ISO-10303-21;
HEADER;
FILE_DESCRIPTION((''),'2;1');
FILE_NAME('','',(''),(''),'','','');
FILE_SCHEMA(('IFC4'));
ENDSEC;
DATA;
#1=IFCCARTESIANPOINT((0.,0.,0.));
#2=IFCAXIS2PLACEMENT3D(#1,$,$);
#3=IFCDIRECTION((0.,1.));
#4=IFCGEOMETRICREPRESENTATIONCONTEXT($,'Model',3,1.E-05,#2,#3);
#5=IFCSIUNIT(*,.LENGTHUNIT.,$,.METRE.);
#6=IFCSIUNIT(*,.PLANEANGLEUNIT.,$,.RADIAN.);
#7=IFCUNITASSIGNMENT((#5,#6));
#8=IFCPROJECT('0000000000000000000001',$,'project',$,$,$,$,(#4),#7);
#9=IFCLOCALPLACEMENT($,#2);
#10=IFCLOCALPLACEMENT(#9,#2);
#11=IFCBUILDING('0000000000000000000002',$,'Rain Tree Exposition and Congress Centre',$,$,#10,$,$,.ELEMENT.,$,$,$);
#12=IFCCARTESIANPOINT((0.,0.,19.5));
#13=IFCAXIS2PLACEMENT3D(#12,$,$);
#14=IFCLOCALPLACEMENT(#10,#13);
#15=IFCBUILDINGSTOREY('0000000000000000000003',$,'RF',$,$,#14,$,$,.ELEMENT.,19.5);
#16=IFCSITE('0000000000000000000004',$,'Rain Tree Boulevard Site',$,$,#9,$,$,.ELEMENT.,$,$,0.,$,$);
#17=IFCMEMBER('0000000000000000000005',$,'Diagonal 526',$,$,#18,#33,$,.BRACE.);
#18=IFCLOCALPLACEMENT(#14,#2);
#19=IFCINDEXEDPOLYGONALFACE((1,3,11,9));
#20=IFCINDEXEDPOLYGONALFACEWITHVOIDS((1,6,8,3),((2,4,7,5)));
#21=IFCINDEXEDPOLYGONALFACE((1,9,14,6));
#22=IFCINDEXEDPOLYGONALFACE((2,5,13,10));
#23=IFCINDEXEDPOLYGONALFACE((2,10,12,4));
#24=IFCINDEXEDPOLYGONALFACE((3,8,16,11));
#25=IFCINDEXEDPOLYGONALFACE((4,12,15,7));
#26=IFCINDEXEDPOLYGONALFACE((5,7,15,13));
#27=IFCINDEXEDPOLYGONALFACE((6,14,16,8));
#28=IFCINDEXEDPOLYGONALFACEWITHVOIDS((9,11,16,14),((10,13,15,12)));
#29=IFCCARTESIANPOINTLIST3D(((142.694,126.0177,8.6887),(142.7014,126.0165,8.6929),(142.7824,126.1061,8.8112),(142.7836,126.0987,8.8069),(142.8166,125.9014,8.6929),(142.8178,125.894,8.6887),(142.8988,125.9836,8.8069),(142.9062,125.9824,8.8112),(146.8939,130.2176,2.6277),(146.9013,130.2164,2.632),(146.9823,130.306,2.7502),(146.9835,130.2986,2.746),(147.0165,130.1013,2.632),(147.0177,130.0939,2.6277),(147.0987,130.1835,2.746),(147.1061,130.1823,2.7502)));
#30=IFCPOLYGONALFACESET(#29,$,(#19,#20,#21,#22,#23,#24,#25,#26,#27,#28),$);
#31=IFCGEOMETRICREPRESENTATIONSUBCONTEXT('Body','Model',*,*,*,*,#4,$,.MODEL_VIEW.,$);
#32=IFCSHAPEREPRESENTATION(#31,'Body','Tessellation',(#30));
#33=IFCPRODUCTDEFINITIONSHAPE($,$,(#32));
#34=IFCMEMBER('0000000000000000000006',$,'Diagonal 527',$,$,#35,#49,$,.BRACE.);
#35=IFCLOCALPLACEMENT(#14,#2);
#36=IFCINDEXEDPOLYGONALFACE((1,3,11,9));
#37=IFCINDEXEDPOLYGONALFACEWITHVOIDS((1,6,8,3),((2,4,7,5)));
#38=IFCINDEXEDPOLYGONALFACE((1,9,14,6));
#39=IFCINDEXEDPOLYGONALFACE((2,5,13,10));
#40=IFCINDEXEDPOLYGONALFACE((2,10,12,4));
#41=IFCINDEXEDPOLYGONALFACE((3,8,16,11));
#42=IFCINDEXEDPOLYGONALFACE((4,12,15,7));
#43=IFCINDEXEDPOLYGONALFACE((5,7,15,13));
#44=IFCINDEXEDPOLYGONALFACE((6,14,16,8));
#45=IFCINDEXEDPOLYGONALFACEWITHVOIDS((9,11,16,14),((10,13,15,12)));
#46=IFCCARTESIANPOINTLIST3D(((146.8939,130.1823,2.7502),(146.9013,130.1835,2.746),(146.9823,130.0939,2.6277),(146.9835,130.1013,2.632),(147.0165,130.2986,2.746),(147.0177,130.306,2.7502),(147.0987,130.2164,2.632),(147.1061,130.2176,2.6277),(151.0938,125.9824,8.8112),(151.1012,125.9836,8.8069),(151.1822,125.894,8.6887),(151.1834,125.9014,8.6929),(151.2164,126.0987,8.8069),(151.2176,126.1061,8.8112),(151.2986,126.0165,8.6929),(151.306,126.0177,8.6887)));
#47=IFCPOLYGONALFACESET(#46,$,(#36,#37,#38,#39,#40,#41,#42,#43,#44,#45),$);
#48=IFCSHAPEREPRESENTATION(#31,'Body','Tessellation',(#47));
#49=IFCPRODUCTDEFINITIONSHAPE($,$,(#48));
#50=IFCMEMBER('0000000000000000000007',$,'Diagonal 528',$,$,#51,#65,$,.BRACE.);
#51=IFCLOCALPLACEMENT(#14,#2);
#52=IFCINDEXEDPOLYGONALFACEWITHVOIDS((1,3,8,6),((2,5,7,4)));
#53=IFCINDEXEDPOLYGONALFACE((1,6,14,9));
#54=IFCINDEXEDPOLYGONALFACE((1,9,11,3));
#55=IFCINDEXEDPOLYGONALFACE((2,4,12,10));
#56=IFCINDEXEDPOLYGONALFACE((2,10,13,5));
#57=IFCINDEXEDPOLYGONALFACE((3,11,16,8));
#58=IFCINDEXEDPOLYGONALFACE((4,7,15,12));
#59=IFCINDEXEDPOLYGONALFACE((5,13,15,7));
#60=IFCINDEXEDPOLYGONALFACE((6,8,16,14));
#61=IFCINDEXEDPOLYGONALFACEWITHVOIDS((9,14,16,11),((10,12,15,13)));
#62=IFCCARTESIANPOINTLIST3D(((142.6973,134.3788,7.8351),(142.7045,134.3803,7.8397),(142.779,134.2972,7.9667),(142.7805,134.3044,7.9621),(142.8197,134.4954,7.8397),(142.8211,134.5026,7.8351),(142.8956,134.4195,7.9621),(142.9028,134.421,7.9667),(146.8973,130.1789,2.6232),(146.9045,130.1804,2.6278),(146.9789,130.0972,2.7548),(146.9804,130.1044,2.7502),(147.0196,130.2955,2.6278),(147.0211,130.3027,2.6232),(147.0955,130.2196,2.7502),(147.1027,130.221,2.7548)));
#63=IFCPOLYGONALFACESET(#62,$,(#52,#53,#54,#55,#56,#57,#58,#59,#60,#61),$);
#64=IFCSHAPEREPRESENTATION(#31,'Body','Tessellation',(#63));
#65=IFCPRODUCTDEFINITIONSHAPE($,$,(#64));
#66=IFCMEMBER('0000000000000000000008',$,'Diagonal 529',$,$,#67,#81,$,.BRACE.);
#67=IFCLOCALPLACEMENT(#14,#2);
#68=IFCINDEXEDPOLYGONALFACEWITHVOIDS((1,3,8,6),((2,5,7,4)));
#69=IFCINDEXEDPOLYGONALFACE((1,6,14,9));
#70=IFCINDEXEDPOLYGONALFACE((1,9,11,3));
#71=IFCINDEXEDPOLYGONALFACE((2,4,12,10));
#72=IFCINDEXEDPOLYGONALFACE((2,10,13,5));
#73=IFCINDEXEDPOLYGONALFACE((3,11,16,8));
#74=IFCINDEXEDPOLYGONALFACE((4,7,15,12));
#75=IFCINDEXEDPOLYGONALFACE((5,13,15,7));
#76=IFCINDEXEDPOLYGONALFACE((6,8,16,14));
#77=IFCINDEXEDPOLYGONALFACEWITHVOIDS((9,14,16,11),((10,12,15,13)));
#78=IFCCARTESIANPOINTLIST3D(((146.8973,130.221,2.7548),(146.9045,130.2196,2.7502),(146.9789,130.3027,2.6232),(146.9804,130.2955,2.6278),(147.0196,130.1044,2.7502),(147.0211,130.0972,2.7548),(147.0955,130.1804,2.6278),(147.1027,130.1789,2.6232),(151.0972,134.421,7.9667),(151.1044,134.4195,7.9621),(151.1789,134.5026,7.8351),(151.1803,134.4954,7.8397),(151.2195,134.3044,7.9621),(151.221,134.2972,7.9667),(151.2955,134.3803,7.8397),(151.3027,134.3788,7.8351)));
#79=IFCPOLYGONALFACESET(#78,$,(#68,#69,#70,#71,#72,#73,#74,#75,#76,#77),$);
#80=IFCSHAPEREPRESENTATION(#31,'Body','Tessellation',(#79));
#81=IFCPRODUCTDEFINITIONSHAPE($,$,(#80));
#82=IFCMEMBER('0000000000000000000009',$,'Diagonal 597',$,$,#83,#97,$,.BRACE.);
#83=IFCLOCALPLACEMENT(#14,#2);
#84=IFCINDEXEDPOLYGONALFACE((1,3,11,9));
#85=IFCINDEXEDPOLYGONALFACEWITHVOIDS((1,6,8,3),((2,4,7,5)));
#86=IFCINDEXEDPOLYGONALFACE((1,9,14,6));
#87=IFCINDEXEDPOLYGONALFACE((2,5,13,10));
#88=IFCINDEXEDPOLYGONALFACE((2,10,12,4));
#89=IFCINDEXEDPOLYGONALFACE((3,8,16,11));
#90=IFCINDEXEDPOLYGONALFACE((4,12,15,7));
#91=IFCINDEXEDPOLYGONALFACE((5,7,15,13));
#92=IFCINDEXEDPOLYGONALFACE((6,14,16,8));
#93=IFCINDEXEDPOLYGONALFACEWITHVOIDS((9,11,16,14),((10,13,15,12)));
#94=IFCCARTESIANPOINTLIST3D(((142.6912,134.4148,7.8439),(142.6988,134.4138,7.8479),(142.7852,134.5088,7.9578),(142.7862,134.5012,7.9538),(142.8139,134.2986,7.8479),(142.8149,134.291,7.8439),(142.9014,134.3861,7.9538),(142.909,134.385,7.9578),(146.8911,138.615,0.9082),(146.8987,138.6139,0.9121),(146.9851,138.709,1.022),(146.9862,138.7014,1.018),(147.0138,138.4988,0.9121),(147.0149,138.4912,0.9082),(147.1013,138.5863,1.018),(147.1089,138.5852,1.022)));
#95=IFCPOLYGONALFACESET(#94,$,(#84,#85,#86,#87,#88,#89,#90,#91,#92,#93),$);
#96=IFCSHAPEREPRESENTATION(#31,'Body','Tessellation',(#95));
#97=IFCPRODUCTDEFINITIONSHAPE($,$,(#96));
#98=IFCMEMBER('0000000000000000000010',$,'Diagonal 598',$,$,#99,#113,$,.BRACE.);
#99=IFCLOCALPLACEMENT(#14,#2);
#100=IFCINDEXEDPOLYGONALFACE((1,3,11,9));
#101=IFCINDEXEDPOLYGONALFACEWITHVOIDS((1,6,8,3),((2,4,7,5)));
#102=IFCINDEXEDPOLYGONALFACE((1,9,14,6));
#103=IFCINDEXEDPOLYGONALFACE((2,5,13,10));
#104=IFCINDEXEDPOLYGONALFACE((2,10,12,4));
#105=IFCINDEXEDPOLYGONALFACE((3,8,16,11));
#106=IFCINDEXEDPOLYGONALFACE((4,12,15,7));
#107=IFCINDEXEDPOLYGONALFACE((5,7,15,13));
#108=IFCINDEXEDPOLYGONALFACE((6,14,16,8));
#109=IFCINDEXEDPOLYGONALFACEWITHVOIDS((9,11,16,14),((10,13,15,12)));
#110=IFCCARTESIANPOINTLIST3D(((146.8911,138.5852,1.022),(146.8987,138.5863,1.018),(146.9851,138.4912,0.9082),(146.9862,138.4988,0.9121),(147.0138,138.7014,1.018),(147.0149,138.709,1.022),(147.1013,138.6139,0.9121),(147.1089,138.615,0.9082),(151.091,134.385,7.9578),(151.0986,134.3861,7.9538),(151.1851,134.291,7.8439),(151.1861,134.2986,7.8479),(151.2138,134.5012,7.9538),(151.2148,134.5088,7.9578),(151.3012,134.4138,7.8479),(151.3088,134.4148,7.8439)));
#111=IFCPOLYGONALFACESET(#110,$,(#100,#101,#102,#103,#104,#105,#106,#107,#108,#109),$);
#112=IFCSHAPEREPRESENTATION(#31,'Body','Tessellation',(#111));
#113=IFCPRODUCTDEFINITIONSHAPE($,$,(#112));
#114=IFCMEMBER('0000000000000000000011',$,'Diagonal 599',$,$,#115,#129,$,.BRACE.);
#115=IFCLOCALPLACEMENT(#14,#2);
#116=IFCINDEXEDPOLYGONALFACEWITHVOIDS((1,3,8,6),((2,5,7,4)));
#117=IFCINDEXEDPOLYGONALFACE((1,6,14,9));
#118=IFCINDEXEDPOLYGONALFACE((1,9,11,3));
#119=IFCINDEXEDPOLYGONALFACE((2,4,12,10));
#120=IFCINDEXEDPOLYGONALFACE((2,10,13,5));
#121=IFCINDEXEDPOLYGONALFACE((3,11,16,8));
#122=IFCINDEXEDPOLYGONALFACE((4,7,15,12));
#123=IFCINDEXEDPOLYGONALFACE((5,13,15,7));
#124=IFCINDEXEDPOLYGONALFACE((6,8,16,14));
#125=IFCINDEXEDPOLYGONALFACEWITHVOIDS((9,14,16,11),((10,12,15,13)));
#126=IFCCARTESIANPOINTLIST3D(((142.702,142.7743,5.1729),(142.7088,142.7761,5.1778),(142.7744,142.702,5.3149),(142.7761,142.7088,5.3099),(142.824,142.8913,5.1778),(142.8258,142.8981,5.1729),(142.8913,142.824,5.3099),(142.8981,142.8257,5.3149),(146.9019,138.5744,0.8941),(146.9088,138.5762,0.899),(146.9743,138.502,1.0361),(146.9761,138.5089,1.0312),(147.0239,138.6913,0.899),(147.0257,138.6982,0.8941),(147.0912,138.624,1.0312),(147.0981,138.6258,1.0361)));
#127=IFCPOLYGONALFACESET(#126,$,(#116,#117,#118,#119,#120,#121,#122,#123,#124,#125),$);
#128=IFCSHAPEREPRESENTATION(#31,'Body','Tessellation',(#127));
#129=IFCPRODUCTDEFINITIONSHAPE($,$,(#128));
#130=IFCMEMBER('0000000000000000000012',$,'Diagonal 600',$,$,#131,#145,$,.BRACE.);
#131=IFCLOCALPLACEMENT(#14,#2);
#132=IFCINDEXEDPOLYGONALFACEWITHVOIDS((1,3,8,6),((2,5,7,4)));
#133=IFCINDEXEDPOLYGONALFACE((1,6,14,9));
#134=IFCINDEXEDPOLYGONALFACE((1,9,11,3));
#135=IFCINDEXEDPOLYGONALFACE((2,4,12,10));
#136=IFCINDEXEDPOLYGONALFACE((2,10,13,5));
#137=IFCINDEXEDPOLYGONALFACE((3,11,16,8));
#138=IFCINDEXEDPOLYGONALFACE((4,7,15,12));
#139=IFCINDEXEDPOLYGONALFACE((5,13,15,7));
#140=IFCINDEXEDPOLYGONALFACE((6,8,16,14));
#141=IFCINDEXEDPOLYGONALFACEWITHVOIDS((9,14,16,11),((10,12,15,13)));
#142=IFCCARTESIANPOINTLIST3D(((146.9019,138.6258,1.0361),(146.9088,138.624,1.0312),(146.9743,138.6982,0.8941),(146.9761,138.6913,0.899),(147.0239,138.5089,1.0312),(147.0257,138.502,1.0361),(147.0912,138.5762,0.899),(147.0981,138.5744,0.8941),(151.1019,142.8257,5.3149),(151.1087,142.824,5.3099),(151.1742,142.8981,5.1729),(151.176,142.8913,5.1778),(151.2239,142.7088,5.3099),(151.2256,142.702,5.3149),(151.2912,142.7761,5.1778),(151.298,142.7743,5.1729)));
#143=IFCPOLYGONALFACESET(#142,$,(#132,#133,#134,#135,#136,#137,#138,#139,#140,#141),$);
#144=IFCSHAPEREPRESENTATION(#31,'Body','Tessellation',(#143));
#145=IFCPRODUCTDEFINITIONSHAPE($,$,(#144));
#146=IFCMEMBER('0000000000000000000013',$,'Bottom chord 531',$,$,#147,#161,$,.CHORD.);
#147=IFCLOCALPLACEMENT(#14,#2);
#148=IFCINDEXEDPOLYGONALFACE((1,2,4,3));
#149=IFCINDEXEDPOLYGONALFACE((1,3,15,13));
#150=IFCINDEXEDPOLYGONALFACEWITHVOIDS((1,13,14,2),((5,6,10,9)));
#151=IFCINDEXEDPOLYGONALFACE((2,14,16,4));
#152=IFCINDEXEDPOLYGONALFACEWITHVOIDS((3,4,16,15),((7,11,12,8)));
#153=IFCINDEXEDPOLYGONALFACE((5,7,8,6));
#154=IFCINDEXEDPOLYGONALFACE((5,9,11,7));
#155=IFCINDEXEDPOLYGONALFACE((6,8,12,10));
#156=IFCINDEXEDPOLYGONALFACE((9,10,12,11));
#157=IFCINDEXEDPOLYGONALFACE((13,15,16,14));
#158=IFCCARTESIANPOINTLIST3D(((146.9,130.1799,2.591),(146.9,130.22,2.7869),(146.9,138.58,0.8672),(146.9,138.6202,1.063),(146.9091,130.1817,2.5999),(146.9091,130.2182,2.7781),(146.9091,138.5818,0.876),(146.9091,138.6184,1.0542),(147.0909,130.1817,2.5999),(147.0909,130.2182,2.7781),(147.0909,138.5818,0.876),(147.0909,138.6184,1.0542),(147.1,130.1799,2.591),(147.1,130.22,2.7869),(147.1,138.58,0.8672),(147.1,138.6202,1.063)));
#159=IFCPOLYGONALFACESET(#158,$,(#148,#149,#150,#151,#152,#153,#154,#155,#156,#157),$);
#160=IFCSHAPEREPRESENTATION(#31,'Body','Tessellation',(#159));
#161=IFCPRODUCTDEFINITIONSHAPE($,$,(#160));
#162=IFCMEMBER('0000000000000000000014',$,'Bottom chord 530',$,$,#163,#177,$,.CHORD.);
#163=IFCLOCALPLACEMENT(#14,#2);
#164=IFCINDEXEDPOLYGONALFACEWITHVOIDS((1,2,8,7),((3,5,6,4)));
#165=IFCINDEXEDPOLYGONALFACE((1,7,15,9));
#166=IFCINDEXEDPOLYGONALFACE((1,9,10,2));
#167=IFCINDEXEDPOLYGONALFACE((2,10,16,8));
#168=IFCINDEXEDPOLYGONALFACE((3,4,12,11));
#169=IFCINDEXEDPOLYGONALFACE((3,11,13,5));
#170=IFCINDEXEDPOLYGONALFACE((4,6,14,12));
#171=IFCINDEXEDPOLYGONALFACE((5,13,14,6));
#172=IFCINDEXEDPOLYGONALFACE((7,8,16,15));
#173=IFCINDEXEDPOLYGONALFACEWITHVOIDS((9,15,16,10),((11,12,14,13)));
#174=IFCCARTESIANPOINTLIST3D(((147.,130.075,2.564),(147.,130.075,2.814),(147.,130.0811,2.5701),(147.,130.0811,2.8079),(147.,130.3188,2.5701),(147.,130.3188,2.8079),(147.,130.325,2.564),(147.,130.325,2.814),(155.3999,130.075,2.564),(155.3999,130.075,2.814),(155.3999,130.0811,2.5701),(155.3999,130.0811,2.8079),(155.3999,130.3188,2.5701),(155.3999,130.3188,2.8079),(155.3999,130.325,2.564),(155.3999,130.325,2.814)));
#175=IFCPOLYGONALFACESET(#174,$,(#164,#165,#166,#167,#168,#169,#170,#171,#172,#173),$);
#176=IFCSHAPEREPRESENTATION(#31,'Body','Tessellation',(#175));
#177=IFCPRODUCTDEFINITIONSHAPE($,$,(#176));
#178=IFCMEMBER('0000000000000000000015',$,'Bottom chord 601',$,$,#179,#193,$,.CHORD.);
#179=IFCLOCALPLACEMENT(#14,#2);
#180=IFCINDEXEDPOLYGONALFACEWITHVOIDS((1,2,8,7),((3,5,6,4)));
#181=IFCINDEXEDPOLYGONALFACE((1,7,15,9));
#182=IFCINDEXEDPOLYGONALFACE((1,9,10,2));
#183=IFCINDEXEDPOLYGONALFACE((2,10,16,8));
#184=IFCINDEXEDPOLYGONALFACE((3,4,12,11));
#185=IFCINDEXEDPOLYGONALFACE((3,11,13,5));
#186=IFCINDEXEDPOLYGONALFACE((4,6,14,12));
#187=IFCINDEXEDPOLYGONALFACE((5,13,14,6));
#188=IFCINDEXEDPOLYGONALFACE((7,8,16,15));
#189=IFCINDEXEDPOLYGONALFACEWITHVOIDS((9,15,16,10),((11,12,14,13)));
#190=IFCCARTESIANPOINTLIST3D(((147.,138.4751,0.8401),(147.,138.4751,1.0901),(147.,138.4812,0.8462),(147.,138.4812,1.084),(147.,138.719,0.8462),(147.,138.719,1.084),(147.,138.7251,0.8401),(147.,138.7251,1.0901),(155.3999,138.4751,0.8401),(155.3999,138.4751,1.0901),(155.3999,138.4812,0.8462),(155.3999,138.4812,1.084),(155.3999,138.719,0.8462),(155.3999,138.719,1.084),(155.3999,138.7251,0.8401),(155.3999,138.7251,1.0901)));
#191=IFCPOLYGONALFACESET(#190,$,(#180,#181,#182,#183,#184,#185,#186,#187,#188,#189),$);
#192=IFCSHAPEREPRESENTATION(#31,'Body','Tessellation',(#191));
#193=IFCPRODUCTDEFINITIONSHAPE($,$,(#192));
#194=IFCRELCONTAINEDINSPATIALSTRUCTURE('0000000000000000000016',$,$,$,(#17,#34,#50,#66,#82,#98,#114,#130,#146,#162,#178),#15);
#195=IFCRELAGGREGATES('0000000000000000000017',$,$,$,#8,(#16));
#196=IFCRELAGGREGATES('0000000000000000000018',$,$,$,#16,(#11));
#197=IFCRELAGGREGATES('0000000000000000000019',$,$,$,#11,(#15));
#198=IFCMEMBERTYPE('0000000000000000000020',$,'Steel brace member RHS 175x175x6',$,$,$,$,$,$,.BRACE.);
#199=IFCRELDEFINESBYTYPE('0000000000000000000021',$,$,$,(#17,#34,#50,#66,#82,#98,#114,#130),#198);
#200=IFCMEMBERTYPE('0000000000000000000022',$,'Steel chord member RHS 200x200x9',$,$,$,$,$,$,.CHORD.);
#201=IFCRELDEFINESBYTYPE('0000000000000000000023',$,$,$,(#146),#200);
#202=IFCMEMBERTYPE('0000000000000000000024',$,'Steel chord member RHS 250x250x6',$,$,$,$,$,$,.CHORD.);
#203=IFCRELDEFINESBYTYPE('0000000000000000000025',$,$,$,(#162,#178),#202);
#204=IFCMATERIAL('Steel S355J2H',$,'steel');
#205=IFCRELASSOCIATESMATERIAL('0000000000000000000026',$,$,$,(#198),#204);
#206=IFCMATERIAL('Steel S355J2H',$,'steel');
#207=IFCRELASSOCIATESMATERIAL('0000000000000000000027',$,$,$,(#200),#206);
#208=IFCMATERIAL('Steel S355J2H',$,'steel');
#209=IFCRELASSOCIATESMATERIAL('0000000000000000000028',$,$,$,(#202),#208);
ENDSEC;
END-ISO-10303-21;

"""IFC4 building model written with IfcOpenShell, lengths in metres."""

from ifc_helpers import new_model, si_unit, direction, frame, origin, origin_2d, place, context, subcontext, project, spatial, hollow_rectangle, extrude, material, material_profile, profile_set, type_object, element, save


model = new_model("IFC4")

# Units and contexts
model_context = context("Model", 3, precision=1e-05, world=origin(), true_north=direction((0.0, 1.0)))
body_context = subcontext(model_context, "Body", "Model", "MODEL_VIEW")
ifc_project = project(units=[si_unit("LENGTHUNIT", "METRE"), si_unit("PLANEANGLEUNIT", "RADIAN")], contexts=[model_context])

# Site, building, storey
site_placement = place(None, origin())
site = spatial("IfcSite", under=ifc_project, at=site_placement, Name="Rain Tree Boulevard Site", CompositionType="ELEMENT", RefElevation=0.0)
building_placement = place(site_placement, origin())
building = spatial("IfcBuilding", under=site, at=building_placement, Name="Rain Tree Exposition and Congress Centre", CompositionType="ELEMENT")
storey_placement = place(building_placement, frame((0.0, 0.0, 19.5)))
storey = spatial("IfcBuildingStorey", under=building, at=storey_placement, Name="RF", CompositionType="ELEMENT", Elevation=19.5)

# Members
ifc_material_1 = material(Name="Steel S355J2H", Category="steel")
ifc_material_profile_1 = material_profile(ifc_material_1, hollow_rectangle(XDim=0.175, YDim=0.175, WallThickness=0.0061, at=origin_2d()), Name="RHS 175x175x6")
ifc_profile_set_1 = profile_set([ifc_material_profile_1], Name="Steel S355J2H")
member_type_1 = type_object("IfcMemberType", Name="Steel brace member RHS 175x175x6", PredefinedType="BRACE", material=ifc_profile_set_1)
for number, where, z_axis, x_axis, name in (
    (1, (147.0, 130.2, 2.689), (-0.494916, -0.494916, 0.714224), (0.707107, -0.707107, 0.0), "Diagonal 526"),
    (2, (147.0, 130.2, 2.689), (0.494916, -0.494916, 0.714224), (0.707107, 0.707107, 0.0), "Diagonal 527"),
):
    element("IfcMember", number, at=place(storey_placement, frame(where, z_axis=z_axis, x_axis=x_axis)), inside=storey, type_object=member_type_1, Name=name, PredefinedType="BRACE", context=body_context, shape_type="SweptSolid", body=[
        extrude(hollow_rectangle(XDim=0.175, YDim=0.175, WallThickness=0.0061, at=origin_2d()), origin(), (0.0, 0.0, 1.0), 8.4861),
    ])
for number, where, z_axis, x_axis, name in (
    (3, (147.0, 130.2, 2.689), (-0.531498, 0.531498, 0.65956), (-0.707107, -0.707107, 0.0), "Diagonal 528"),
    (4, (147.0, 130.2, 2.689), (0.531498, 0.531498, 0.65956), (-0.707107, 0.707107, 0.0), "Diagonal 529"),
):
    element("IfcMember", number, at=place(storey_placement, frame(where, z_axis=z_axis, x_axis=x_axis)), inside=storey, type_object=member_type_1, Name=name, PredefinedType="BRACE", context=body_context, shape_type="SweptSolid", body=[
        extrude(hollow_rectangle(XDim=0.175, YDim=0.175, WallThickness=0.0061, at=origin_2d()), origin(), (0.0, 0.0, 1.0), 7.9021),
    ])
for number, where, z_axis, x_axis, name in (
    (5, (147.0, 138.6001, 0.9651), (-0.459935, -0.459962, 0.759536), (0.707127, -0.707086, 0.0), "Diagonal 597"),
    (6, (147.0, 138.6001, 0.9651), (0.459935, -0.459962, 0.759536), (0.707127, 0.707086, 0.0), "Diagonal 598"),
):
    element("IfcMember", number, at=place(storey_placement, frame(where, z_axis=z_axis, x_axis=x_axis)), inside=storey, type_object=member_type_1, Name=name, PredefinedType="BRACE", context=body_context, shape_type="SweptSolid", body=[
        extrude(hollow_rectangle(XDim=0.175, YDim=0.175, WallThickness=0.0061, at=origin_2d()), origin(), (0.0, 0.0, 1.0), 9.1316),
    ])
for number, where, z_axis, x_axis, name in (
    (7, (147.0, 138.6001, 0.9651), (-0.573737, 0.573737, 0.58451), (-0.707107, -0.707107, 0.0), "Diagonal 599"),
    (8, (147.0, 138.6001, 0.9651), (0.573737, 0.573737, 0.58451), (-0.707107, 0.707107, 0.0), "Diagonal 600"),
):
    element("IfcMember", number, at=place(storey_placement, frame(where, z_axis=z_axis, x_axis=x_axis)), inside=storey, type_object=member_type_1, Name=name, PredefinedType="BRACE", context=body_context, shape_type="SweptSolid", body=[
        extrude(hollow_rectangle(XDim=0.175, YDim=0.175, WallThickness=0.0061, at=origin_2d()), origin(), (0.0, 0.0, 1.0), 7.3203),
    ])
ifc_material_2 = material(Name="Steel S355J2H", Category="steel")
ifc_material_profile_2 = material_profile(ifc_material_2, hollow_rectangle(XDim=0.2, YDim=0.2, WallThickness=0.009, at=origin_2d()), Name="RHS 200x200x9")
ifc_profile_set_2 = profile_set([ifc_material_profile_2], Name="Steel S355J2H")
member_type_2 = type_object("IfcMemberType", Name="Steel chord member RHS 200x200x9", PredefinedType="CHORD", material=ifc_profile_set_2)
member_1_placement = place(storey_placement, frame((147.0, 130.2, 2.689), z_axis=(0.0, 0.979585, -0.20103), x_axis=(-1.0, 0.0, 0.0)))
element("IfcMember", 9, at=member_1_placement, inside=storey, type_object=member_type_2, Name="Bottom chord 531", PredefinedType="CHORD", context=body_context, shape_type="SweptSolid", body=[
    extrude(hollow_rectangle(XDim=0.2, YDim=0.2, WallThickness=0.009, at=origin_2d()), origin(), (0.0, 0.0, 1.0), 8.5752),
])
ifc_material_3 = material(Name="Steel S355J2H", Category="steel")
ifc_material_profile_3 = material_profile(ifc_material_3, hollow_rectangle(XDim=0.25, YDim=0.25, WallThickness=0.0061, at=origin_2d()), Name="RHS 250x250x6")
ifc_profile_set_3 = profile_set([ifc_material_profile_3], Name="Steel S355J2H")
member_type_3 = type_object("IfcMemberType", Name="Steel chord member RHS 250x250x6", PredefinedType="CHORD", material=ifc_profile_set_3)
for number, where, z_axis, x_axis, name in (
    (10, (147.0, 130.2, 2.689), (1.0, 0.0, 0.0), (0.0, 1.0, 0.0), "Bottom chord 530"),
    (11, (147.0, 138.6001, 0.9651), (1.0, 0.0, 0.0), (0.0, 1.0, 0.0), "Bottom chord 601"),
):
    element("IfcMember", number, at=place(storey_placement, frame(where, z_axis=z_axis, x_axis=x_axis)), inside=storey, type_object=member_type_3, Name=name, PredefinedType="CHORD", context=body_context, shape_type="SweptSolid", body=[
        extrude(hollow_rectangle(XDim=0.25, YDim=0.25, WallThickness=0.0061, at=origin_2d()), origin(), (0.0, 0.0, 1.0), 8.3999),
    ])

save(model, "model.ifc")
